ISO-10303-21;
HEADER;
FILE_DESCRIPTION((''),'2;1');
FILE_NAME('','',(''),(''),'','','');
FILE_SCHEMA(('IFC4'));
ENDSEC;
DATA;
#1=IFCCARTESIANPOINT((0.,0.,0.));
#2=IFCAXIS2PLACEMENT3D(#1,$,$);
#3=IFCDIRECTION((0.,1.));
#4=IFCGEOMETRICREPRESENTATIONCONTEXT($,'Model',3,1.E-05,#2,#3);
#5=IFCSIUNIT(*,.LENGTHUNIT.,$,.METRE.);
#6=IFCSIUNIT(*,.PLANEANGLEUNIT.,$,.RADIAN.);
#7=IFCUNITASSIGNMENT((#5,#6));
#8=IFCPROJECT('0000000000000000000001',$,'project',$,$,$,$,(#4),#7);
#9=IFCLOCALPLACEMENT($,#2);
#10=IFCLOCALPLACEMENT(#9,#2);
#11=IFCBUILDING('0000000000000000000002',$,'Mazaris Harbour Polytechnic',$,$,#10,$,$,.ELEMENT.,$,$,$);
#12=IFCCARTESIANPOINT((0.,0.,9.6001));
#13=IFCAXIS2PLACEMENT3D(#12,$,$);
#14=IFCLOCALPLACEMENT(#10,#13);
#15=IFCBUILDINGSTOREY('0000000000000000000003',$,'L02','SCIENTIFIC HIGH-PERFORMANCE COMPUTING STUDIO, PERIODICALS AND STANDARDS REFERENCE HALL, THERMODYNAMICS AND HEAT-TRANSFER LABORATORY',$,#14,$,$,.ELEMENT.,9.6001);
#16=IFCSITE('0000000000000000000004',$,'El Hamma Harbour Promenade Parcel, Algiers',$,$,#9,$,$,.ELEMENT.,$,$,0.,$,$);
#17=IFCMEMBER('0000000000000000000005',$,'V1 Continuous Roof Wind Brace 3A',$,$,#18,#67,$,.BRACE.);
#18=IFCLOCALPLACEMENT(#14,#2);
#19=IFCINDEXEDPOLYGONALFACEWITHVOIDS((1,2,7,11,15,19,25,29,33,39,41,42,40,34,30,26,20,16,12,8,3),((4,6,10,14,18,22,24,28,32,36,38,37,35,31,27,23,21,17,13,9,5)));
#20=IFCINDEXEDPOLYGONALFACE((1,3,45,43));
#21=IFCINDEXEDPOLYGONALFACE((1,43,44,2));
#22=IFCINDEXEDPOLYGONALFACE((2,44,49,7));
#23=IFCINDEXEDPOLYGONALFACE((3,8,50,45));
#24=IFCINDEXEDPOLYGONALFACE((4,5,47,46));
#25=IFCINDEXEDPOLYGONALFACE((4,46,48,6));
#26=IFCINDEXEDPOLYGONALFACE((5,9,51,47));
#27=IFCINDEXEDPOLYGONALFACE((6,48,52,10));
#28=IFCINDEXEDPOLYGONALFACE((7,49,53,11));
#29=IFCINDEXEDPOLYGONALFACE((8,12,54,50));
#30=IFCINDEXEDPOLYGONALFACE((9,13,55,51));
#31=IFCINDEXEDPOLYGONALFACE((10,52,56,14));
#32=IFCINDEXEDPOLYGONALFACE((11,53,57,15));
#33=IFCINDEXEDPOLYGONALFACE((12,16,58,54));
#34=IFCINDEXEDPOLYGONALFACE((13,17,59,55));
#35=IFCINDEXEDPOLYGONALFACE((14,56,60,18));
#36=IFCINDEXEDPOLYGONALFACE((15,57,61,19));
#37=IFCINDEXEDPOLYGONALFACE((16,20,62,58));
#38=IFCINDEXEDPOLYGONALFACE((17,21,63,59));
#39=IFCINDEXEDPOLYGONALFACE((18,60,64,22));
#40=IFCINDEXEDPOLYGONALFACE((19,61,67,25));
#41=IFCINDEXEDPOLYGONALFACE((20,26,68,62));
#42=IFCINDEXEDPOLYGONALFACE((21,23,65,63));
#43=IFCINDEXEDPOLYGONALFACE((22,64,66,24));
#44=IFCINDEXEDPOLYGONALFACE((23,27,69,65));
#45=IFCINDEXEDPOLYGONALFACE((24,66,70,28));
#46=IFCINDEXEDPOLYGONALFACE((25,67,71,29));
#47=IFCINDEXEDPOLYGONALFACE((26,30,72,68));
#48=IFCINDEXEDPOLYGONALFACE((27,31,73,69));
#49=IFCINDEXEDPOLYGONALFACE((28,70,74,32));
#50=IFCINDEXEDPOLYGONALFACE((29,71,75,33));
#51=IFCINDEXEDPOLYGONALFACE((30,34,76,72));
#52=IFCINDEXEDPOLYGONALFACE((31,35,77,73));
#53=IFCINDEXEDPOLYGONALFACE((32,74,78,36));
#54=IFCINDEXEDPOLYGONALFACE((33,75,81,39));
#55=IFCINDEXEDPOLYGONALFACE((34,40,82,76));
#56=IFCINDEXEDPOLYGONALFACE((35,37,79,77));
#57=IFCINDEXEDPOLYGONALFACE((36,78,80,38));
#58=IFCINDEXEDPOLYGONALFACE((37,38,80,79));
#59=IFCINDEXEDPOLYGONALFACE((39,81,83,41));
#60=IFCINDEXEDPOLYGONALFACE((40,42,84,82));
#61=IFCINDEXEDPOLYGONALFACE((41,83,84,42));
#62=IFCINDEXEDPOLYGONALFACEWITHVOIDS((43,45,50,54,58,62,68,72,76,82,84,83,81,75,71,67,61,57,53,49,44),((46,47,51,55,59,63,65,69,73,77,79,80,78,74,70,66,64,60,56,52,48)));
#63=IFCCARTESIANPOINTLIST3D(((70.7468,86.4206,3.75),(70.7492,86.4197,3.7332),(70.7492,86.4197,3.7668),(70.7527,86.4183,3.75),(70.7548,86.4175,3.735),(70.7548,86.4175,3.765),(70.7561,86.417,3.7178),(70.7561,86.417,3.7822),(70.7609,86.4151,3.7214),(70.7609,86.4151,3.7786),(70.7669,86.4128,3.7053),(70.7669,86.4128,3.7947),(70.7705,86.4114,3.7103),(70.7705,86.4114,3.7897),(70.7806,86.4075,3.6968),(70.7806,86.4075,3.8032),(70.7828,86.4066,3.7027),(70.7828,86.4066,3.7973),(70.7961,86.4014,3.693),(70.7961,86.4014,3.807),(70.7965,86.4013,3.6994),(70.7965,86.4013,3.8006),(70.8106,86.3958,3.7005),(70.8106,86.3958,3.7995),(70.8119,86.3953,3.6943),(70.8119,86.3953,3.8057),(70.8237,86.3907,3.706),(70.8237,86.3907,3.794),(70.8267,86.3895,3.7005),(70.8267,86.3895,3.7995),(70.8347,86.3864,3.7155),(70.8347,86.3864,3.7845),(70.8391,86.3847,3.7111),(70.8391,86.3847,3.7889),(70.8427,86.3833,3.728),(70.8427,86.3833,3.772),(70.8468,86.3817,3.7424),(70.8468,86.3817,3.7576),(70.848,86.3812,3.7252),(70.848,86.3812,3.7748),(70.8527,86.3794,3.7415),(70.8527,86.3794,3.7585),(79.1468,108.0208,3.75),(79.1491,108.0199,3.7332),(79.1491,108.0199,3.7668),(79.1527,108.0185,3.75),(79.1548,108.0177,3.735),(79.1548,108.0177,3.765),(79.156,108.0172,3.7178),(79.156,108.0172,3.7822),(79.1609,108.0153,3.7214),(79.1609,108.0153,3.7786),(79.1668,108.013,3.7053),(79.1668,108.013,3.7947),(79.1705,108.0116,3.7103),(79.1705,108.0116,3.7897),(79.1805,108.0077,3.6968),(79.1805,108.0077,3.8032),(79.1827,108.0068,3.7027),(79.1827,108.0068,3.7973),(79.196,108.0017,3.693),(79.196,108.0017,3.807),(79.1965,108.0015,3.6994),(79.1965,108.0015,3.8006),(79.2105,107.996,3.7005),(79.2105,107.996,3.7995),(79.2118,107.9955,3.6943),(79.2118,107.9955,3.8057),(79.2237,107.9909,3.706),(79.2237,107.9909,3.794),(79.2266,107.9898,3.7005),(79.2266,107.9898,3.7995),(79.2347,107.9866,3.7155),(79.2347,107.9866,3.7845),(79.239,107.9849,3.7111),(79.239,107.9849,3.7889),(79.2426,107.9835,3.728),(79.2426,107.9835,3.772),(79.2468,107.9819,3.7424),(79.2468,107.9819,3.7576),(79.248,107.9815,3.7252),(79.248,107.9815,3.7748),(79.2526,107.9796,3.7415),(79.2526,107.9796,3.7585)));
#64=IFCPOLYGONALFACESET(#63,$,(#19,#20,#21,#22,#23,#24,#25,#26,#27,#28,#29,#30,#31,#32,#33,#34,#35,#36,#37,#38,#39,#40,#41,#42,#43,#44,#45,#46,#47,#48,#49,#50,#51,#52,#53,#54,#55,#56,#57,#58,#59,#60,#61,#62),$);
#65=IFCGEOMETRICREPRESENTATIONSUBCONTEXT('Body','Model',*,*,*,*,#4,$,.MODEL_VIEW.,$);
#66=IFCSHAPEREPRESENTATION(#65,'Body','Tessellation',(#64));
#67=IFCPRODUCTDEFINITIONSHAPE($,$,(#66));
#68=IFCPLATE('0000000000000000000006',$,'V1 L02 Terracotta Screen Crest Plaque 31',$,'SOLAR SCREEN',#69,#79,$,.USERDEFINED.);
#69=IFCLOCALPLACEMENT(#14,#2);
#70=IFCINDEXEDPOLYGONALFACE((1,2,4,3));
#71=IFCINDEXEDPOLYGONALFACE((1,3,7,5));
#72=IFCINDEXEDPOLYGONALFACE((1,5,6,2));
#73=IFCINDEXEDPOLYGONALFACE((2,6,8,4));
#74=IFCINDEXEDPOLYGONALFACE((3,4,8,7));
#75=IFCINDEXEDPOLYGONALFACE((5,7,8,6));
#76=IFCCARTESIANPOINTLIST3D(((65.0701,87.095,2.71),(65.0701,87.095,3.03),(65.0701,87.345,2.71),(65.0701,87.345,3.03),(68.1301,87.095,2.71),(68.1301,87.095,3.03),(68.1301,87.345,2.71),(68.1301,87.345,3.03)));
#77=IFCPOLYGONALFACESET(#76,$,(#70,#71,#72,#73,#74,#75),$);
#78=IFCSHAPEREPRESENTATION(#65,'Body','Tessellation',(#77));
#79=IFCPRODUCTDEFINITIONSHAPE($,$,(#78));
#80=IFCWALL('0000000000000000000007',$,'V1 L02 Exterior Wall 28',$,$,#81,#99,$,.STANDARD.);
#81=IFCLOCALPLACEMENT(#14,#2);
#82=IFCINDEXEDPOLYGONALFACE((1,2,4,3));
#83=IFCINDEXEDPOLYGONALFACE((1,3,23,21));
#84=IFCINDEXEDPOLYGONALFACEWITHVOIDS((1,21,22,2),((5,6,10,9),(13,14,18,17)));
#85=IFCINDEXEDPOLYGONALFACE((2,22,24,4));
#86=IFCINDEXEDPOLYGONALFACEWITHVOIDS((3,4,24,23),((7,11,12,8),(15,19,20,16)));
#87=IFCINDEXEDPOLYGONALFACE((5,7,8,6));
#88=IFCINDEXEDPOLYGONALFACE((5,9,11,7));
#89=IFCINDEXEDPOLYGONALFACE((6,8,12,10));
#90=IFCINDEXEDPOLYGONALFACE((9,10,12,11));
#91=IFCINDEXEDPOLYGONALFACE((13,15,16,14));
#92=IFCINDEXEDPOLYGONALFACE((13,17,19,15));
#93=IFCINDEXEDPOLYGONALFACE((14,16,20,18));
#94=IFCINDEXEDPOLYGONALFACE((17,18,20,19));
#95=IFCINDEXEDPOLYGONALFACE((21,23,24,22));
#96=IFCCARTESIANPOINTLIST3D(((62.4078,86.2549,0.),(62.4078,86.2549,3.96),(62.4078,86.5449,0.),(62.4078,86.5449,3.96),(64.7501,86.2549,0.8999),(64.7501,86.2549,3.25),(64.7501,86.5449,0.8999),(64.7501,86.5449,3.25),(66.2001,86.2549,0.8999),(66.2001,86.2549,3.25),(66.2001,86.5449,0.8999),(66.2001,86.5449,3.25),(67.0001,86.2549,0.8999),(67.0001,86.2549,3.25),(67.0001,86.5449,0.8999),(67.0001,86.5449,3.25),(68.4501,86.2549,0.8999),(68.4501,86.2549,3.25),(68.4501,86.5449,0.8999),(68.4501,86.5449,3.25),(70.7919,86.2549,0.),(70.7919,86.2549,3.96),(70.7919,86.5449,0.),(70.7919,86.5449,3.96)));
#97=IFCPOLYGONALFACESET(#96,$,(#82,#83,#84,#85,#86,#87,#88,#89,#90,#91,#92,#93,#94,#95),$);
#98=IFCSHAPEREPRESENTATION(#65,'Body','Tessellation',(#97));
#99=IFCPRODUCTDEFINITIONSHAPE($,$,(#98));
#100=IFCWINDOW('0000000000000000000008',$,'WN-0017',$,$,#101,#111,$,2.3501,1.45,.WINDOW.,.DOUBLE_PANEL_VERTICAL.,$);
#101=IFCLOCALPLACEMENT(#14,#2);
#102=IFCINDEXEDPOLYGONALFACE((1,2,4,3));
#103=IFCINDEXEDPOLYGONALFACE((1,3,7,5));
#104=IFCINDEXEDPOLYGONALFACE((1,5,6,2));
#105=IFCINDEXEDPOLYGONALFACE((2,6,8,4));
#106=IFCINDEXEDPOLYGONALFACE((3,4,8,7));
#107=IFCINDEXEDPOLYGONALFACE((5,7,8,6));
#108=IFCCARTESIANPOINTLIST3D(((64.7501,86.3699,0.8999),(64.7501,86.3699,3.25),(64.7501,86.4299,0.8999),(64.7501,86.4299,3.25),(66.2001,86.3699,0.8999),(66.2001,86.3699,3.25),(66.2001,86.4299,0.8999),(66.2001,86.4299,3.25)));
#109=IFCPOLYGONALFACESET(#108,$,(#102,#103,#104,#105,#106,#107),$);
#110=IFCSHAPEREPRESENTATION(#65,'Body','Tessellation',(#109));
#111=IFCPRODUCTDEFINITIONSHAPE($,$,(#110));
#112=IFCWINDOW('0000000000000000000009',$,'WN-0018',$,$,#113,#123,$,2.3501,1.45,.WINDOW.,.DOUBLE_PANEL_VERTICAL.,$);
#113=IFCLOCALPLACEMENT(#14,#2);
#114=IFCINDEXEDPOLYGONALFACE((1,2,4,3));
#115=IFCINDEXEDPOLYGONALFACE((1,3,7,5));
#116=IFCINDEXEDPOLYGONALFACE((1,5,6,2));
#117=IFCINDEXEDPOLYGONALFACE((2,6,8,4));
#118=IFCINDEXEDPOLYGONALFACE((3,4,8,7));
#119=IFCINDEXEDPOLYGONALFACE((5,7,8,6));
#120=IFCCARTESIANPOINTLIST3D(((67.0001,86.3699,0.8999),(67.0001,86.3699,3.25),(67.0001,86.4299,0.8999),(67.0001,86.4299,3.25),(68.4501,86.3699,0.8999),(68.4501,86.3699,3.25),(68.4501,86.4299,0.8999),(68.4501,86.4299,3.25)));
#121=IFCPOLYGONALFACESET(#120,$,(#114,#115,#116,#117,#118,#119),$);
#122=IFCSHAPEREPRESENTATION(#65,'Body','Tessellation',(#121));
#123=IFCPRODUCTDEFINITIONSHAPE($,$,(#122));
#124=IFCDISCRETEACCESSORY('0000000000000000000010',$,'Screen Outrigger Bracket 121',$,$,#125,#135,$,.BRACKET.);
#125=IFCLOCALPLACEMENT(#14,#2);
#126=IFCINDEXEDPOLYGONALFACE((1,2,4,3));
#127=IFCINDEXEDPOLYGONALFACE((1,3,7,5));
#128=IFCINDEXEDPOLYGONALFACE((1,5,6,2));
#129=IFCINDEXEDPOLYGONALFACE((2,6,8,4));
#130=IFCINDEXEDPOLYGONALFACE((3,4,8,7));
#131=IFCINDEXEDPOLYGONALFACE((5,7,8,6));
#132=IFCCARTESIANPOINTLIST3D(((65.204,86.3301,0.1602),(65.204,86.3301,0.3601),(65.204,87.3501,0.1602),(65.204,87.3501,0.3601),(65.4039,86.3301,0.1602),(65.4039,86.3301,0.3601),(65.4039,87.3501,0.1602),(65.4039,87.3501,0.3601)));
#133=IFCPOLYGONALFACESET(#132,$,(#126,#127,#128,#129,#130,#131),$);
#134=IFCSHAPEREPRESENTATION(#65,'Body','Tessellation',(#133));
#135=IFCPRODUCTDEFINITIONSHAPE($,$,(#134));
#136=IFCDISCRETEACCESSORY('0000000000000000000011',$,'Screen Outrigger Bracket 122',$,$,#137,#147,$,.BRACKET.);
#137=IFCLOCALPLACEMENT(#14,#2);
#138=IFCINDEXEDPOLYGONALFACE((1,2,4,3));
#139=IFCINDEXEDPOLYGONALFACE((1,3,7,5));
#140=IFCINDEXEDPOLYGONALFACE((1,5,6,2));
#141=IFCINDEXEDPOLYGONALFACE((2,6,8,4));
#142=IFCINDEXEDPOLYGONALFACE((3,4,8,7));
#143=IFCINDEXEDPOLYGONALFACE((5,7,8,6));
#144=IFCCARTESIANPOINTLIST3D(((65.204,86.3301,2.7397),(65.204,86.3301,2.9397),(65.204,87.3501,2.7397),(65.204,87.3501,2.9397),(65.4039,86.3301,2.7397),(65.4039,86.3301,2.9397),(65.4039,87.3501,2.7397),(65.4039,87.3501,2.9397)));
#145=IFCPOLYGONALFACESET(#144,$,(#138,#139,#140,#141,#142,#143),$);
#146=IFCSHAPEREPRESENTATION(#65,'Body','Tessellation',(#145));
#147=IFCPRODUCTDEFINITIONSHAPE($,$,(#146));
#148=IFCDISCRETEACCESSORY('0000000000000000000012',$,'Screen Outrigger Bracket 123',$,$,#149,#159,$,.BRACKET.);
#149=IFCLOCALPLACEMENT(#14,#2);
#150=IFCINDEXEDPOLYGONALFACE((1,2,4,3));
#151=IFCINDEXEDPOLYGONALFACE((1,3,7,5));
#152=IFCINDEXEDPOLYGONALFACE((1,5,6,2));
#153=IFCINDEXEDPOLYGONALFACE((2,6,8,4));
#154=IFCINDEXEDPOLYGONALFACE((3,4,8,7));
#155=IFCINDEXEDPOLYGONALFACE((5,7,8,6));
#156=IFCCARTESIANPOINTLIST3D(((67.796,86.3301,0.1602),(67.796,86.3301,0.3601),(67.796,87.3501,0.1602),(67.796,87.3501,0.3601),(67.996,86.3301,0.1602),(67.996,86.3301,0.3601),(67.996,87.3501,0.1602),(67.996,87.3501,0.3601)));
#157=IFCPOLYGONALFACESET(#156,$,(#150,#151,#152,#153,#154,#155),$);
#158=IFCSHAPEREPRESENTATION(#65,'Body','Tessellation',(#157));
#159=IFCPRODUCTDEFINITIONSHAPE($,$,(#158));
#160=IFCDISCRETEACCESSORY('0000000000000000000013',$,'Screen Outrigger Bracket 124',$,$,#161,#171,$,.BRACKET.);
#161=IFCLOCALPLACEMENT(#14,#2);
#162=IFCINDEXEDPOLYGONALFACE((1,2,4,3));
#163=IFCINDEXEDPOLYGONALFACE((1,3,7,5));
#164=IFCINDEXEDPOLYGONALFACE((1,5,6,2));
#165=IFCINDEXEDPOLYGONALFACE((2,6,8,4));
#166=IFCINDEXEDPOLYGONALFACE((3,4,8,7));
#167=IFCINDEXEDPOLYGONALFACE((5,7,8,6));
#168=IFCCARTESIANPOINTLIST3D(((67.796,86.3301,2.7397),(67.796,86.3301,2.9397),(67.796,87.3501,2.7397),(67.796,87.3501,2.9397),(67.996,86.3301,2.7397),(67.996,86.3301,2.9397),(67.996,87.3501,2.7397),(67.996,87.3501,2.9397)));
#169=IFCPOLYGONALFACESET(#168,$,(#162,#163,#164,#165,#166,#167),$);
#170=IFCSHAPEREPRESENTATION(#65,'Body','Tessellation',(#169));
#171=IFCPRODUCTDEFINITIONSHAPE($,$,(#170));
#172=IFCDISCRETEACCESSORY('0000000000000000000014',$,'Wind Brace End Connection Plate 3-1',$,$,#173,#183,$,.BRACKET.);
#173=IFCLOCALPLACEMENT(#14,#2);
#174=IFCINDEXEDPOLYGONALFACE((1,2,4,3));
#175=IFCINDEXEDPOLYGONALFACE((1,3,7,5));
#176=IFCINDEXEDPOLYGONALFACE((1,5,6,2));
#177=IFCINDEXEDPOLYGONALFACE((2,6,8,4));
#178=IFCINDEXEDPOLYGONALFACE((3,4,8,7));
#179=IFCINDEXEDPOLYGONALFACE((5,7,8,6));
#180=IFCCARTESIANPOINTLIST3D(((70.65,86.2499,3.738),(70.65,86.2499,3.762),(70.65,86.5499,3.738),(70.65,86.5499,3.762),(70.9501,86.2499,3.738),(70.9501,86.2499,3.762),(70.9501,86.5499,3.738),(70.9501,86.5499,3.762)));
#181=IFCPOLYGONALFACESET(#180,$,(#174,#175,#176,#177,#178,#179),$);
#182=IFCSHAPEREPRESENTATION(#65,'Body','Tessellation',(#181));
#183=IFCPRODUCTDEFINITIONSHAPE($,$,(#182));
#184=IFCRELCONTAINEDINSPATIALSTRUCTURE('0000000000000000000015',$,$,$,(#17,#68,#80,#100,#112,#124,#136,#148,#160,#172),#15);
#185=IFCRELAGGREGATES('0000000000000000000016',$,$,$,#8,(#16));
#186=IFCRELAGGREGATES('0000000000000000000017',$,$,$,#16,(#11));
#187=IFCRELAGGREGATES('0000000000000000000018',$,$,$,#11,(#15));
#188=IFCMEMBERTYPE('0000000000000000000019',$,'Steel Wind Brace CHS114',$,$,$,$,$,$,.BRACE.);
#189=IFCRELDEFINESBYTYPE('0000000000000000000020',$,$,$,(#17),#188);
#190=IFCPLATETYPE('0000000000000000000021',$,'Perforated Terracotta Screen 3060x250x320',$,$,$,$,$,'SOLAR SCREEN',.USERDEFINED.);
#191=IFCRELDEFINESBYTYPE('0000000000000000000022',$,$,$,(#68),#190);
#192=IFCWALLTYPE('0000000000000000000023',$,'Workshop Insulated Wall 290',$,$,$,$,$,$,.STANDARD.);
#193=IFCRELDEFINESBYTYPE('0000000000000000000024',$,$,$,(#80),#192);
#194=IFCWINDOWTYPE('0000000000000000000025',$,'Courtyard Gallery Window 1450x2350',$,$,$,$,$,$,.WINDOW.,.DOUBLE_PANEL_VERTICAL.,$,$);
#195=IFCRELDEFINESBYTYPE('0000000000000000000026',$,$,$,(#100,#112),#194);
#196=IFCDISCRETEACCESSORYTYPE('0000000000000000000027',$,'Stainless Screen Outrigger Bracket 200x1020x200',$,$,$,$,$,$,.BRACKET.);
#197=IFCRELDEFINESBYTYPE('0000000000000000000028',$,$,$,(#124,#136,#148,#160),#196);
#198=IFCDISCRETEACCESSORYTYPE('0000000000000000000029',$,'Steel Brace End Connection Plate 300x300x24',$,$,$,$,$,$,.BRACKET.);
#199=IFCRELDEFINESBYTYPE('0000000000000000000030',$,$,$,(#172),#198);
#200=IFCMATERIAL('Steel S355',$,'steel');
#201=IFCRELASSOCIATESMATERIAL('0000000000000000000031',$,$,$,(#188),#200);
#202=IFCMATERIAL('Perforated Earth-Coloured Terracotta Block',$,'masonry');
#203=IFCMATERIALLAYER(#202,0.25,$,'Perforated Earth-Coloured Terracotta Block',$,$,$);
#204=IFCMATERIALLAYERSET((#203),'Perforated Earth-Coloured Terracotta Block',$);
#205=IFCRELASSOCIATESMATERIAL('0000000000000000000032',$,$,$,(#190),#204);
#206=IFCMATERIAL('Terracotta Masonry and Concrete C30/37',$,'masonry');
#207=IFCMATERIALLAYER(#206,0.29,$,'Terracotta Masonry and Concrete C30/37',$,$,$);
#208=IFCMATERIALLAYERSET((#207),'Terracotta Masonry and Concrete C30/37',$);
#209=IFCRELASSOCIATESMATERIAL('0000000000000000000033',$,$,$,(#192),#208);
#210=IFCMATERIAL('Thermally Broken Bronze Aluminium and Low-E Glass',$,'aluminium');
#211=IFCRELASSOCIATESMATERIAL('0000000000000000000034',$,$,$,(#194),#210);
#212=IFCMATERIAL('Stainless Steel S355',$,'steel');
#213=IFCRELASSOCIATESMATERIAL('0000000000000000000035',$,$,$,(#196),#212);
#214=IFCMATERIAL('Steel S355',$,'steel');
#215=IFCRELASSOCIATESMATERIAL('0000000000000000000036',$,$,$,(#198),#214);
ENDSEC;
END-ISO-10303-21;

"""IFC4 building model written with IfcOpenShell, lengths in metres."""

from ifc_helpers import new_model, si_unit, direction, frame, frame_2d, origin, origin_2d, place, context, subcontext, project, spatial, rectangle, hollow_circle, extrude, material, layer, layer_set, material_profile, profile_set, type_object, element, fill, save


model = new_model("IFC4")

# Units and contexts
model_context = context("Model", 3, precision=1e-05, world=origin(), true_north=direction((0.0, 1.0)))
body_context = subcontext(model_context, "Body", "Model", "MODEL_VIEW")
ifc_project = project(units=[si_unit("LENGTHUNIT", "METRE"), si_unit("PLANEANGLEUNIT", "RADIAN")], contexts=[model_context])

# Site, building, storey
site_placement = place(None, origin())
site = spatial("IfcSite", under=ifc_project, at=site_placement, Name="El Hamma Harbour Promenade Parcel, Algiers", CompositionType="ELEMENT", RefElevation=0.0)
building_placement = place(site_placement, origin())
building = spatial("IfcBuilding", under=site, at=building_placement, Name="Mazaris Harbour Polytechnic", CompositionType="ELEMENT")
storey_placement = place(building_placement, frame((0.0, 0.0, 9.6001)))
storey = spatial("IfcBuildingStorey", under=building, at=storey_placement, Name="L02", Description="SCIENTIFIC HIGH-PERFORMANCE COMPUTING STUDIO, PERIODICALS AND STANDARDS REFERENCE HALL, THERMODYNAMICS AND HEAT-TRANSFER LABORATORY", CompositionType="ELEMENT", Elevation=9.6001)

# Member
ifc_material_1 = material(Name="Steel S355", Category="steel")
ifc_material_profile_1 = material_profile(ifc_material_1, hollow_circle(Radius=0.0571, WallThickness=0.0063, at=origin_2d()), Name="CHS 114.3x6.3")
ifc_profile_set_1 = profile_set([ifc_material_profile_1], Name="Steel S355")
member_type_1 = type_object("IfcMemberType", Name="Steel Wind Brace CHS114", PredefinedType="BRACE", material=ifc_profile_set_1)
member_1_placement = place(storey_placement, frame((70.8, 86.3999, 3.75), z_axis=(0.362441, 0.932007, 0.0), x_axis=(-0.932007, 0.362441, 0.0)))
element("IfcMember", 1, at=member_1_placement, inside=storey, type_object=member_type_1, Name="V1 Continuous Roof Wind Brace 3A", PredefinedType="BRACE", context=body_context, shape_type="SweptSolid", body=[
    extrude(hollow_circle(Radius=0.0571, WallThickness=0.0063, at=origin_2d()), origin(), (0.0, 0.0, 1.0), 23.176),
])

# Plate
ifc_material_2 = material(Name="Perforated Earth-Coloured Terracotta Block", Category="masonry")
ifc_layer_1 = layer(ifc_material_2, 0.25, Name="Perforated Earth-Coloured Terracotta Block")
ifc_layer_set_1 = layer_set([ifc_layer_1], Name="Perforated Earth-Coloured Terracotta Block")
plate_type = type_object("IfcPlateType", Name="Perforated Terracotta Screen 3060x250x320", ElementType="SOLAR SCREEN", PredefinedType="USERDEFINED", material=ifc_layer_set_1)
plate_placement = place(storey_placement, frame((66.6001, 87.22, 2.71), z_axis=(0.0, 0.0, 1.0), x_axis=(1.0, 0.0, 0.0)))
element("IfcPlate", 2, at=plate_placement, inside=storey, type_object=plate_type, Name="V1 L02 Terracotta Screen Crest Plaque 31", ObjectType="SOLAR SCREEN", PredefinedType="USERDEFINED", context=body_context, shape_type="SweptSolid", body=[
    extrude(rectangle(XDim=3.0601, YDim=0.25, at=origin_2d()), origin(), (0.0, 0.0, 1.0), 0.3201),
])

# Wall, openings, windows
ifc_material_3 = material(Name="Terracotta Masonry and Concrete C30/37", Category="masonry")
ifc_layer_2 = layer(ifc_material_3, 0.29, Name="Terracotta Masonry and Concrete C30/37")
ifc_layer_set_2 = layer_set([ifc_layer_2], Name="Terracotta Masonry and Concrete C30/37")
wall_type = type_object("IfcWallType", Name="Workshop Insulated Wall 290", PredefinedType="STANDARD", material=ifc_layer_set_2)
wall_placement = place(storey_placement, frame((62.408, 86.3999, 0.0), z_axis=(0.0, 0.0, 1.0), x_axis=(1.0, 0.0, 0.0)))
wall = element("IfcWall", 3, at=wall_placement, inside=storey, type_object=wall_type, Name="V1 L02 Exterior Wall 28", PredefinedType="STANDARD", context=body_context, shape_type="SweptSolid", body=[
    extrude(rectangle(XDim=8.384, YDim=0.29, at=frame_2d((4.1919, 0.0))), origin(), (0.0, 0.0, 1.0), 3.96),
])
opening_1_placement = place(wall_placement, frame((2.342, 0.0, 0.8999)))
opening_1 = element("IfcOpeningElement", 4, at=opening_1_placement, cuts=wall, PredefinedType="OPENING", context=body_context, shape_type="SweptSolid", body=[
    extrude(rectangle(XDim=1.45, YDim=2.3501, at=frame_2d((0.7251, 1.175))), frame((0.0, 0.155, 0.0), z_axis=(0.0, -1.0, 0.0), x_axis=(1.0, 0.0, 0.0)), (0.0, 0.0, 1.0), 0.3101),
])
opening_2_placement = place(wall_placement, frame((4.592, 0.0, 0.8999)))
opening_2 = element("IfcOpeningElement", 5, at=opening_2_placement, cuts=wall, PredefinedType="OPENING", context=body_context, shape_type="SweptSolid", body=[
    extrude(rectangle(XDim=1.45, YDim=2.3501, at=frame_2d((0.7251, 1.175))), frame((0.0, 0.155, 0.0), z_axis=(0.0, -1.0, 0.0), x_axis=(1.0, 0.0, 0.0)), (0.0, 0.0, 1.0), 0.3101),
])
ifc_material_4 = material(Name="Thermally Broken Bronze Aluminium and Low-E Glass", Category="aluminium")
window_type = type_object("IfcWindowType", Name="Courtyard Gallery Window 1450x2350", PartitioningType="DOUBLE_PANEL_VERTICAL", PredefinedType="WINDOW", material=ifc_material_4)
window_1_placement = place(opening_1_placement, origin())
window_1 = element("IfcWindow", 6, at=window_1_placement, inside=storey, type_object=window_type, Name="WN-0017", OverallHeight=2.3501, OverallWidth=1.45, PartitioningType="DOUBLE_PANEL_VERTICAL", PredefinedType="WINDOW", context=body_context, shape_type="SweptSolid", body=[
    extrude(rectangle(XDim=1.45, YDim=2.3501, at=frame_2d((0.7251, 1.175))), frame((0.0, 0.03, 0.0), z_axis=(0.0, -1.0, 0.0), x_axis=(1.0, 0.0, 0.0)), (0.0, 0.0, 1.0), 0.0601),
])
fill(opening_1, window_1)
window_2_placement = place(opening_2_placement, origin())
window_2 = element("IfcWindow", 7, at=window_2_placement, inside=storey, type_object=window_type, Name="WN-0018", OverallHeight=2.3501, OverallWidth=1.45, PartitioningType="DOUBLE_PANEL_VERTICAL", PredefinedType="WINDOW", context=body_context, shape_type="SweptSolid", body=[
    extrude(rectangle(XDim=1.45, YDim=2.3501, at=frame_2d((0.7251, 1.175))), frame((0.0, 0.03, 0.0), z_axis=(0.0, -1.0, 0.0), x_axis=(1.0, 0.0, 0.0)), (0.0, 0.0, 1.0), 0.0601),
])
fill(opening_2, window_2)

# Discrete accessories
ifc_material_5 = material(Name="Stainless Steel S355", Category="steel")
discrete_accessory_type_1 = type_object("IfcDiscreteAccessoryType", Name="Stainless Screen Outrigger Bracket 200x1020x200", PredefinedType="BRACKET", material=ifc_material_5)
for number, where, z_axis, x_axis, name in (
    (8, (65.304, 86.8401, 0.1602), (0.0, 0.0, 1.0), (1.0, 0.0, 0.0), "Screen Outrigger Bracket 121"),
    (9, (65.304, 86.8401, 2.7397), (0.0, 0.0, 1.0), (1.0, 0.0, 0.0), "Screen Outrigger Bracket 122"),
    (10, (67.896, 86.8401, 0.1602), (0.0, 0.0, 1.0), (1.0, 0.0, 0.0), "Screen Outrigger Bracket 123"),
    (11, (67.896, 86.8401, 2.7397), (0.0, 0.0, 1.0), (1.0, 0.0, 0.0), "Screen Outrigger Bracket 124"),
):
    element("IfcDiscreteAccessory", number, at=place(storey_placement, frame(where, z_axis=z_axis, x_axis=x_axis)), inside=storey, type_object=discrete_accessory_type_1, Name=name, PredefinedType="BRACKET", context=body_context, shape_type="SweptSolid", body=[
        extrude(rectangle(XDim=0.2, YDim=1.02, at=origin_2d()), origin(), (0.0, 0.0, 1.0), 0.2),
    ])
ifc_material_6 = material(Name="Steel S355", Category="steel")
discrete_accessory_type_2 = type_object("IfcDiscreteAccessoryType", Name="Steel Brace End Connection Plate 300x300x24", PredefinedType="BRACKET", material=ifc_material_6)
discrete_accessory_placement = place(storey_placement, frame((70.8, 86.3999, 3.738), z_axis=(0.0, 0.0, 1.0), x_axis=(1.0, 0.0, 0.0)))
element("IfcDiscreteAccessory", 12, at=discrete_accessory_placement, inside=storey, type_object=discrete_accessory_type_2, Name="Wind Brace End Connection Plate 3-1", PredefinedType="BRACKET", context=body_context, shape_type="SweptSolid", body=[
    extrude(rectangle(XDim=0.3, YDim=0.3, at=origin_2d()), origin(), (0.0, 0.0, 1.0), 0.0239),
])

save(model, "model.ifc")
